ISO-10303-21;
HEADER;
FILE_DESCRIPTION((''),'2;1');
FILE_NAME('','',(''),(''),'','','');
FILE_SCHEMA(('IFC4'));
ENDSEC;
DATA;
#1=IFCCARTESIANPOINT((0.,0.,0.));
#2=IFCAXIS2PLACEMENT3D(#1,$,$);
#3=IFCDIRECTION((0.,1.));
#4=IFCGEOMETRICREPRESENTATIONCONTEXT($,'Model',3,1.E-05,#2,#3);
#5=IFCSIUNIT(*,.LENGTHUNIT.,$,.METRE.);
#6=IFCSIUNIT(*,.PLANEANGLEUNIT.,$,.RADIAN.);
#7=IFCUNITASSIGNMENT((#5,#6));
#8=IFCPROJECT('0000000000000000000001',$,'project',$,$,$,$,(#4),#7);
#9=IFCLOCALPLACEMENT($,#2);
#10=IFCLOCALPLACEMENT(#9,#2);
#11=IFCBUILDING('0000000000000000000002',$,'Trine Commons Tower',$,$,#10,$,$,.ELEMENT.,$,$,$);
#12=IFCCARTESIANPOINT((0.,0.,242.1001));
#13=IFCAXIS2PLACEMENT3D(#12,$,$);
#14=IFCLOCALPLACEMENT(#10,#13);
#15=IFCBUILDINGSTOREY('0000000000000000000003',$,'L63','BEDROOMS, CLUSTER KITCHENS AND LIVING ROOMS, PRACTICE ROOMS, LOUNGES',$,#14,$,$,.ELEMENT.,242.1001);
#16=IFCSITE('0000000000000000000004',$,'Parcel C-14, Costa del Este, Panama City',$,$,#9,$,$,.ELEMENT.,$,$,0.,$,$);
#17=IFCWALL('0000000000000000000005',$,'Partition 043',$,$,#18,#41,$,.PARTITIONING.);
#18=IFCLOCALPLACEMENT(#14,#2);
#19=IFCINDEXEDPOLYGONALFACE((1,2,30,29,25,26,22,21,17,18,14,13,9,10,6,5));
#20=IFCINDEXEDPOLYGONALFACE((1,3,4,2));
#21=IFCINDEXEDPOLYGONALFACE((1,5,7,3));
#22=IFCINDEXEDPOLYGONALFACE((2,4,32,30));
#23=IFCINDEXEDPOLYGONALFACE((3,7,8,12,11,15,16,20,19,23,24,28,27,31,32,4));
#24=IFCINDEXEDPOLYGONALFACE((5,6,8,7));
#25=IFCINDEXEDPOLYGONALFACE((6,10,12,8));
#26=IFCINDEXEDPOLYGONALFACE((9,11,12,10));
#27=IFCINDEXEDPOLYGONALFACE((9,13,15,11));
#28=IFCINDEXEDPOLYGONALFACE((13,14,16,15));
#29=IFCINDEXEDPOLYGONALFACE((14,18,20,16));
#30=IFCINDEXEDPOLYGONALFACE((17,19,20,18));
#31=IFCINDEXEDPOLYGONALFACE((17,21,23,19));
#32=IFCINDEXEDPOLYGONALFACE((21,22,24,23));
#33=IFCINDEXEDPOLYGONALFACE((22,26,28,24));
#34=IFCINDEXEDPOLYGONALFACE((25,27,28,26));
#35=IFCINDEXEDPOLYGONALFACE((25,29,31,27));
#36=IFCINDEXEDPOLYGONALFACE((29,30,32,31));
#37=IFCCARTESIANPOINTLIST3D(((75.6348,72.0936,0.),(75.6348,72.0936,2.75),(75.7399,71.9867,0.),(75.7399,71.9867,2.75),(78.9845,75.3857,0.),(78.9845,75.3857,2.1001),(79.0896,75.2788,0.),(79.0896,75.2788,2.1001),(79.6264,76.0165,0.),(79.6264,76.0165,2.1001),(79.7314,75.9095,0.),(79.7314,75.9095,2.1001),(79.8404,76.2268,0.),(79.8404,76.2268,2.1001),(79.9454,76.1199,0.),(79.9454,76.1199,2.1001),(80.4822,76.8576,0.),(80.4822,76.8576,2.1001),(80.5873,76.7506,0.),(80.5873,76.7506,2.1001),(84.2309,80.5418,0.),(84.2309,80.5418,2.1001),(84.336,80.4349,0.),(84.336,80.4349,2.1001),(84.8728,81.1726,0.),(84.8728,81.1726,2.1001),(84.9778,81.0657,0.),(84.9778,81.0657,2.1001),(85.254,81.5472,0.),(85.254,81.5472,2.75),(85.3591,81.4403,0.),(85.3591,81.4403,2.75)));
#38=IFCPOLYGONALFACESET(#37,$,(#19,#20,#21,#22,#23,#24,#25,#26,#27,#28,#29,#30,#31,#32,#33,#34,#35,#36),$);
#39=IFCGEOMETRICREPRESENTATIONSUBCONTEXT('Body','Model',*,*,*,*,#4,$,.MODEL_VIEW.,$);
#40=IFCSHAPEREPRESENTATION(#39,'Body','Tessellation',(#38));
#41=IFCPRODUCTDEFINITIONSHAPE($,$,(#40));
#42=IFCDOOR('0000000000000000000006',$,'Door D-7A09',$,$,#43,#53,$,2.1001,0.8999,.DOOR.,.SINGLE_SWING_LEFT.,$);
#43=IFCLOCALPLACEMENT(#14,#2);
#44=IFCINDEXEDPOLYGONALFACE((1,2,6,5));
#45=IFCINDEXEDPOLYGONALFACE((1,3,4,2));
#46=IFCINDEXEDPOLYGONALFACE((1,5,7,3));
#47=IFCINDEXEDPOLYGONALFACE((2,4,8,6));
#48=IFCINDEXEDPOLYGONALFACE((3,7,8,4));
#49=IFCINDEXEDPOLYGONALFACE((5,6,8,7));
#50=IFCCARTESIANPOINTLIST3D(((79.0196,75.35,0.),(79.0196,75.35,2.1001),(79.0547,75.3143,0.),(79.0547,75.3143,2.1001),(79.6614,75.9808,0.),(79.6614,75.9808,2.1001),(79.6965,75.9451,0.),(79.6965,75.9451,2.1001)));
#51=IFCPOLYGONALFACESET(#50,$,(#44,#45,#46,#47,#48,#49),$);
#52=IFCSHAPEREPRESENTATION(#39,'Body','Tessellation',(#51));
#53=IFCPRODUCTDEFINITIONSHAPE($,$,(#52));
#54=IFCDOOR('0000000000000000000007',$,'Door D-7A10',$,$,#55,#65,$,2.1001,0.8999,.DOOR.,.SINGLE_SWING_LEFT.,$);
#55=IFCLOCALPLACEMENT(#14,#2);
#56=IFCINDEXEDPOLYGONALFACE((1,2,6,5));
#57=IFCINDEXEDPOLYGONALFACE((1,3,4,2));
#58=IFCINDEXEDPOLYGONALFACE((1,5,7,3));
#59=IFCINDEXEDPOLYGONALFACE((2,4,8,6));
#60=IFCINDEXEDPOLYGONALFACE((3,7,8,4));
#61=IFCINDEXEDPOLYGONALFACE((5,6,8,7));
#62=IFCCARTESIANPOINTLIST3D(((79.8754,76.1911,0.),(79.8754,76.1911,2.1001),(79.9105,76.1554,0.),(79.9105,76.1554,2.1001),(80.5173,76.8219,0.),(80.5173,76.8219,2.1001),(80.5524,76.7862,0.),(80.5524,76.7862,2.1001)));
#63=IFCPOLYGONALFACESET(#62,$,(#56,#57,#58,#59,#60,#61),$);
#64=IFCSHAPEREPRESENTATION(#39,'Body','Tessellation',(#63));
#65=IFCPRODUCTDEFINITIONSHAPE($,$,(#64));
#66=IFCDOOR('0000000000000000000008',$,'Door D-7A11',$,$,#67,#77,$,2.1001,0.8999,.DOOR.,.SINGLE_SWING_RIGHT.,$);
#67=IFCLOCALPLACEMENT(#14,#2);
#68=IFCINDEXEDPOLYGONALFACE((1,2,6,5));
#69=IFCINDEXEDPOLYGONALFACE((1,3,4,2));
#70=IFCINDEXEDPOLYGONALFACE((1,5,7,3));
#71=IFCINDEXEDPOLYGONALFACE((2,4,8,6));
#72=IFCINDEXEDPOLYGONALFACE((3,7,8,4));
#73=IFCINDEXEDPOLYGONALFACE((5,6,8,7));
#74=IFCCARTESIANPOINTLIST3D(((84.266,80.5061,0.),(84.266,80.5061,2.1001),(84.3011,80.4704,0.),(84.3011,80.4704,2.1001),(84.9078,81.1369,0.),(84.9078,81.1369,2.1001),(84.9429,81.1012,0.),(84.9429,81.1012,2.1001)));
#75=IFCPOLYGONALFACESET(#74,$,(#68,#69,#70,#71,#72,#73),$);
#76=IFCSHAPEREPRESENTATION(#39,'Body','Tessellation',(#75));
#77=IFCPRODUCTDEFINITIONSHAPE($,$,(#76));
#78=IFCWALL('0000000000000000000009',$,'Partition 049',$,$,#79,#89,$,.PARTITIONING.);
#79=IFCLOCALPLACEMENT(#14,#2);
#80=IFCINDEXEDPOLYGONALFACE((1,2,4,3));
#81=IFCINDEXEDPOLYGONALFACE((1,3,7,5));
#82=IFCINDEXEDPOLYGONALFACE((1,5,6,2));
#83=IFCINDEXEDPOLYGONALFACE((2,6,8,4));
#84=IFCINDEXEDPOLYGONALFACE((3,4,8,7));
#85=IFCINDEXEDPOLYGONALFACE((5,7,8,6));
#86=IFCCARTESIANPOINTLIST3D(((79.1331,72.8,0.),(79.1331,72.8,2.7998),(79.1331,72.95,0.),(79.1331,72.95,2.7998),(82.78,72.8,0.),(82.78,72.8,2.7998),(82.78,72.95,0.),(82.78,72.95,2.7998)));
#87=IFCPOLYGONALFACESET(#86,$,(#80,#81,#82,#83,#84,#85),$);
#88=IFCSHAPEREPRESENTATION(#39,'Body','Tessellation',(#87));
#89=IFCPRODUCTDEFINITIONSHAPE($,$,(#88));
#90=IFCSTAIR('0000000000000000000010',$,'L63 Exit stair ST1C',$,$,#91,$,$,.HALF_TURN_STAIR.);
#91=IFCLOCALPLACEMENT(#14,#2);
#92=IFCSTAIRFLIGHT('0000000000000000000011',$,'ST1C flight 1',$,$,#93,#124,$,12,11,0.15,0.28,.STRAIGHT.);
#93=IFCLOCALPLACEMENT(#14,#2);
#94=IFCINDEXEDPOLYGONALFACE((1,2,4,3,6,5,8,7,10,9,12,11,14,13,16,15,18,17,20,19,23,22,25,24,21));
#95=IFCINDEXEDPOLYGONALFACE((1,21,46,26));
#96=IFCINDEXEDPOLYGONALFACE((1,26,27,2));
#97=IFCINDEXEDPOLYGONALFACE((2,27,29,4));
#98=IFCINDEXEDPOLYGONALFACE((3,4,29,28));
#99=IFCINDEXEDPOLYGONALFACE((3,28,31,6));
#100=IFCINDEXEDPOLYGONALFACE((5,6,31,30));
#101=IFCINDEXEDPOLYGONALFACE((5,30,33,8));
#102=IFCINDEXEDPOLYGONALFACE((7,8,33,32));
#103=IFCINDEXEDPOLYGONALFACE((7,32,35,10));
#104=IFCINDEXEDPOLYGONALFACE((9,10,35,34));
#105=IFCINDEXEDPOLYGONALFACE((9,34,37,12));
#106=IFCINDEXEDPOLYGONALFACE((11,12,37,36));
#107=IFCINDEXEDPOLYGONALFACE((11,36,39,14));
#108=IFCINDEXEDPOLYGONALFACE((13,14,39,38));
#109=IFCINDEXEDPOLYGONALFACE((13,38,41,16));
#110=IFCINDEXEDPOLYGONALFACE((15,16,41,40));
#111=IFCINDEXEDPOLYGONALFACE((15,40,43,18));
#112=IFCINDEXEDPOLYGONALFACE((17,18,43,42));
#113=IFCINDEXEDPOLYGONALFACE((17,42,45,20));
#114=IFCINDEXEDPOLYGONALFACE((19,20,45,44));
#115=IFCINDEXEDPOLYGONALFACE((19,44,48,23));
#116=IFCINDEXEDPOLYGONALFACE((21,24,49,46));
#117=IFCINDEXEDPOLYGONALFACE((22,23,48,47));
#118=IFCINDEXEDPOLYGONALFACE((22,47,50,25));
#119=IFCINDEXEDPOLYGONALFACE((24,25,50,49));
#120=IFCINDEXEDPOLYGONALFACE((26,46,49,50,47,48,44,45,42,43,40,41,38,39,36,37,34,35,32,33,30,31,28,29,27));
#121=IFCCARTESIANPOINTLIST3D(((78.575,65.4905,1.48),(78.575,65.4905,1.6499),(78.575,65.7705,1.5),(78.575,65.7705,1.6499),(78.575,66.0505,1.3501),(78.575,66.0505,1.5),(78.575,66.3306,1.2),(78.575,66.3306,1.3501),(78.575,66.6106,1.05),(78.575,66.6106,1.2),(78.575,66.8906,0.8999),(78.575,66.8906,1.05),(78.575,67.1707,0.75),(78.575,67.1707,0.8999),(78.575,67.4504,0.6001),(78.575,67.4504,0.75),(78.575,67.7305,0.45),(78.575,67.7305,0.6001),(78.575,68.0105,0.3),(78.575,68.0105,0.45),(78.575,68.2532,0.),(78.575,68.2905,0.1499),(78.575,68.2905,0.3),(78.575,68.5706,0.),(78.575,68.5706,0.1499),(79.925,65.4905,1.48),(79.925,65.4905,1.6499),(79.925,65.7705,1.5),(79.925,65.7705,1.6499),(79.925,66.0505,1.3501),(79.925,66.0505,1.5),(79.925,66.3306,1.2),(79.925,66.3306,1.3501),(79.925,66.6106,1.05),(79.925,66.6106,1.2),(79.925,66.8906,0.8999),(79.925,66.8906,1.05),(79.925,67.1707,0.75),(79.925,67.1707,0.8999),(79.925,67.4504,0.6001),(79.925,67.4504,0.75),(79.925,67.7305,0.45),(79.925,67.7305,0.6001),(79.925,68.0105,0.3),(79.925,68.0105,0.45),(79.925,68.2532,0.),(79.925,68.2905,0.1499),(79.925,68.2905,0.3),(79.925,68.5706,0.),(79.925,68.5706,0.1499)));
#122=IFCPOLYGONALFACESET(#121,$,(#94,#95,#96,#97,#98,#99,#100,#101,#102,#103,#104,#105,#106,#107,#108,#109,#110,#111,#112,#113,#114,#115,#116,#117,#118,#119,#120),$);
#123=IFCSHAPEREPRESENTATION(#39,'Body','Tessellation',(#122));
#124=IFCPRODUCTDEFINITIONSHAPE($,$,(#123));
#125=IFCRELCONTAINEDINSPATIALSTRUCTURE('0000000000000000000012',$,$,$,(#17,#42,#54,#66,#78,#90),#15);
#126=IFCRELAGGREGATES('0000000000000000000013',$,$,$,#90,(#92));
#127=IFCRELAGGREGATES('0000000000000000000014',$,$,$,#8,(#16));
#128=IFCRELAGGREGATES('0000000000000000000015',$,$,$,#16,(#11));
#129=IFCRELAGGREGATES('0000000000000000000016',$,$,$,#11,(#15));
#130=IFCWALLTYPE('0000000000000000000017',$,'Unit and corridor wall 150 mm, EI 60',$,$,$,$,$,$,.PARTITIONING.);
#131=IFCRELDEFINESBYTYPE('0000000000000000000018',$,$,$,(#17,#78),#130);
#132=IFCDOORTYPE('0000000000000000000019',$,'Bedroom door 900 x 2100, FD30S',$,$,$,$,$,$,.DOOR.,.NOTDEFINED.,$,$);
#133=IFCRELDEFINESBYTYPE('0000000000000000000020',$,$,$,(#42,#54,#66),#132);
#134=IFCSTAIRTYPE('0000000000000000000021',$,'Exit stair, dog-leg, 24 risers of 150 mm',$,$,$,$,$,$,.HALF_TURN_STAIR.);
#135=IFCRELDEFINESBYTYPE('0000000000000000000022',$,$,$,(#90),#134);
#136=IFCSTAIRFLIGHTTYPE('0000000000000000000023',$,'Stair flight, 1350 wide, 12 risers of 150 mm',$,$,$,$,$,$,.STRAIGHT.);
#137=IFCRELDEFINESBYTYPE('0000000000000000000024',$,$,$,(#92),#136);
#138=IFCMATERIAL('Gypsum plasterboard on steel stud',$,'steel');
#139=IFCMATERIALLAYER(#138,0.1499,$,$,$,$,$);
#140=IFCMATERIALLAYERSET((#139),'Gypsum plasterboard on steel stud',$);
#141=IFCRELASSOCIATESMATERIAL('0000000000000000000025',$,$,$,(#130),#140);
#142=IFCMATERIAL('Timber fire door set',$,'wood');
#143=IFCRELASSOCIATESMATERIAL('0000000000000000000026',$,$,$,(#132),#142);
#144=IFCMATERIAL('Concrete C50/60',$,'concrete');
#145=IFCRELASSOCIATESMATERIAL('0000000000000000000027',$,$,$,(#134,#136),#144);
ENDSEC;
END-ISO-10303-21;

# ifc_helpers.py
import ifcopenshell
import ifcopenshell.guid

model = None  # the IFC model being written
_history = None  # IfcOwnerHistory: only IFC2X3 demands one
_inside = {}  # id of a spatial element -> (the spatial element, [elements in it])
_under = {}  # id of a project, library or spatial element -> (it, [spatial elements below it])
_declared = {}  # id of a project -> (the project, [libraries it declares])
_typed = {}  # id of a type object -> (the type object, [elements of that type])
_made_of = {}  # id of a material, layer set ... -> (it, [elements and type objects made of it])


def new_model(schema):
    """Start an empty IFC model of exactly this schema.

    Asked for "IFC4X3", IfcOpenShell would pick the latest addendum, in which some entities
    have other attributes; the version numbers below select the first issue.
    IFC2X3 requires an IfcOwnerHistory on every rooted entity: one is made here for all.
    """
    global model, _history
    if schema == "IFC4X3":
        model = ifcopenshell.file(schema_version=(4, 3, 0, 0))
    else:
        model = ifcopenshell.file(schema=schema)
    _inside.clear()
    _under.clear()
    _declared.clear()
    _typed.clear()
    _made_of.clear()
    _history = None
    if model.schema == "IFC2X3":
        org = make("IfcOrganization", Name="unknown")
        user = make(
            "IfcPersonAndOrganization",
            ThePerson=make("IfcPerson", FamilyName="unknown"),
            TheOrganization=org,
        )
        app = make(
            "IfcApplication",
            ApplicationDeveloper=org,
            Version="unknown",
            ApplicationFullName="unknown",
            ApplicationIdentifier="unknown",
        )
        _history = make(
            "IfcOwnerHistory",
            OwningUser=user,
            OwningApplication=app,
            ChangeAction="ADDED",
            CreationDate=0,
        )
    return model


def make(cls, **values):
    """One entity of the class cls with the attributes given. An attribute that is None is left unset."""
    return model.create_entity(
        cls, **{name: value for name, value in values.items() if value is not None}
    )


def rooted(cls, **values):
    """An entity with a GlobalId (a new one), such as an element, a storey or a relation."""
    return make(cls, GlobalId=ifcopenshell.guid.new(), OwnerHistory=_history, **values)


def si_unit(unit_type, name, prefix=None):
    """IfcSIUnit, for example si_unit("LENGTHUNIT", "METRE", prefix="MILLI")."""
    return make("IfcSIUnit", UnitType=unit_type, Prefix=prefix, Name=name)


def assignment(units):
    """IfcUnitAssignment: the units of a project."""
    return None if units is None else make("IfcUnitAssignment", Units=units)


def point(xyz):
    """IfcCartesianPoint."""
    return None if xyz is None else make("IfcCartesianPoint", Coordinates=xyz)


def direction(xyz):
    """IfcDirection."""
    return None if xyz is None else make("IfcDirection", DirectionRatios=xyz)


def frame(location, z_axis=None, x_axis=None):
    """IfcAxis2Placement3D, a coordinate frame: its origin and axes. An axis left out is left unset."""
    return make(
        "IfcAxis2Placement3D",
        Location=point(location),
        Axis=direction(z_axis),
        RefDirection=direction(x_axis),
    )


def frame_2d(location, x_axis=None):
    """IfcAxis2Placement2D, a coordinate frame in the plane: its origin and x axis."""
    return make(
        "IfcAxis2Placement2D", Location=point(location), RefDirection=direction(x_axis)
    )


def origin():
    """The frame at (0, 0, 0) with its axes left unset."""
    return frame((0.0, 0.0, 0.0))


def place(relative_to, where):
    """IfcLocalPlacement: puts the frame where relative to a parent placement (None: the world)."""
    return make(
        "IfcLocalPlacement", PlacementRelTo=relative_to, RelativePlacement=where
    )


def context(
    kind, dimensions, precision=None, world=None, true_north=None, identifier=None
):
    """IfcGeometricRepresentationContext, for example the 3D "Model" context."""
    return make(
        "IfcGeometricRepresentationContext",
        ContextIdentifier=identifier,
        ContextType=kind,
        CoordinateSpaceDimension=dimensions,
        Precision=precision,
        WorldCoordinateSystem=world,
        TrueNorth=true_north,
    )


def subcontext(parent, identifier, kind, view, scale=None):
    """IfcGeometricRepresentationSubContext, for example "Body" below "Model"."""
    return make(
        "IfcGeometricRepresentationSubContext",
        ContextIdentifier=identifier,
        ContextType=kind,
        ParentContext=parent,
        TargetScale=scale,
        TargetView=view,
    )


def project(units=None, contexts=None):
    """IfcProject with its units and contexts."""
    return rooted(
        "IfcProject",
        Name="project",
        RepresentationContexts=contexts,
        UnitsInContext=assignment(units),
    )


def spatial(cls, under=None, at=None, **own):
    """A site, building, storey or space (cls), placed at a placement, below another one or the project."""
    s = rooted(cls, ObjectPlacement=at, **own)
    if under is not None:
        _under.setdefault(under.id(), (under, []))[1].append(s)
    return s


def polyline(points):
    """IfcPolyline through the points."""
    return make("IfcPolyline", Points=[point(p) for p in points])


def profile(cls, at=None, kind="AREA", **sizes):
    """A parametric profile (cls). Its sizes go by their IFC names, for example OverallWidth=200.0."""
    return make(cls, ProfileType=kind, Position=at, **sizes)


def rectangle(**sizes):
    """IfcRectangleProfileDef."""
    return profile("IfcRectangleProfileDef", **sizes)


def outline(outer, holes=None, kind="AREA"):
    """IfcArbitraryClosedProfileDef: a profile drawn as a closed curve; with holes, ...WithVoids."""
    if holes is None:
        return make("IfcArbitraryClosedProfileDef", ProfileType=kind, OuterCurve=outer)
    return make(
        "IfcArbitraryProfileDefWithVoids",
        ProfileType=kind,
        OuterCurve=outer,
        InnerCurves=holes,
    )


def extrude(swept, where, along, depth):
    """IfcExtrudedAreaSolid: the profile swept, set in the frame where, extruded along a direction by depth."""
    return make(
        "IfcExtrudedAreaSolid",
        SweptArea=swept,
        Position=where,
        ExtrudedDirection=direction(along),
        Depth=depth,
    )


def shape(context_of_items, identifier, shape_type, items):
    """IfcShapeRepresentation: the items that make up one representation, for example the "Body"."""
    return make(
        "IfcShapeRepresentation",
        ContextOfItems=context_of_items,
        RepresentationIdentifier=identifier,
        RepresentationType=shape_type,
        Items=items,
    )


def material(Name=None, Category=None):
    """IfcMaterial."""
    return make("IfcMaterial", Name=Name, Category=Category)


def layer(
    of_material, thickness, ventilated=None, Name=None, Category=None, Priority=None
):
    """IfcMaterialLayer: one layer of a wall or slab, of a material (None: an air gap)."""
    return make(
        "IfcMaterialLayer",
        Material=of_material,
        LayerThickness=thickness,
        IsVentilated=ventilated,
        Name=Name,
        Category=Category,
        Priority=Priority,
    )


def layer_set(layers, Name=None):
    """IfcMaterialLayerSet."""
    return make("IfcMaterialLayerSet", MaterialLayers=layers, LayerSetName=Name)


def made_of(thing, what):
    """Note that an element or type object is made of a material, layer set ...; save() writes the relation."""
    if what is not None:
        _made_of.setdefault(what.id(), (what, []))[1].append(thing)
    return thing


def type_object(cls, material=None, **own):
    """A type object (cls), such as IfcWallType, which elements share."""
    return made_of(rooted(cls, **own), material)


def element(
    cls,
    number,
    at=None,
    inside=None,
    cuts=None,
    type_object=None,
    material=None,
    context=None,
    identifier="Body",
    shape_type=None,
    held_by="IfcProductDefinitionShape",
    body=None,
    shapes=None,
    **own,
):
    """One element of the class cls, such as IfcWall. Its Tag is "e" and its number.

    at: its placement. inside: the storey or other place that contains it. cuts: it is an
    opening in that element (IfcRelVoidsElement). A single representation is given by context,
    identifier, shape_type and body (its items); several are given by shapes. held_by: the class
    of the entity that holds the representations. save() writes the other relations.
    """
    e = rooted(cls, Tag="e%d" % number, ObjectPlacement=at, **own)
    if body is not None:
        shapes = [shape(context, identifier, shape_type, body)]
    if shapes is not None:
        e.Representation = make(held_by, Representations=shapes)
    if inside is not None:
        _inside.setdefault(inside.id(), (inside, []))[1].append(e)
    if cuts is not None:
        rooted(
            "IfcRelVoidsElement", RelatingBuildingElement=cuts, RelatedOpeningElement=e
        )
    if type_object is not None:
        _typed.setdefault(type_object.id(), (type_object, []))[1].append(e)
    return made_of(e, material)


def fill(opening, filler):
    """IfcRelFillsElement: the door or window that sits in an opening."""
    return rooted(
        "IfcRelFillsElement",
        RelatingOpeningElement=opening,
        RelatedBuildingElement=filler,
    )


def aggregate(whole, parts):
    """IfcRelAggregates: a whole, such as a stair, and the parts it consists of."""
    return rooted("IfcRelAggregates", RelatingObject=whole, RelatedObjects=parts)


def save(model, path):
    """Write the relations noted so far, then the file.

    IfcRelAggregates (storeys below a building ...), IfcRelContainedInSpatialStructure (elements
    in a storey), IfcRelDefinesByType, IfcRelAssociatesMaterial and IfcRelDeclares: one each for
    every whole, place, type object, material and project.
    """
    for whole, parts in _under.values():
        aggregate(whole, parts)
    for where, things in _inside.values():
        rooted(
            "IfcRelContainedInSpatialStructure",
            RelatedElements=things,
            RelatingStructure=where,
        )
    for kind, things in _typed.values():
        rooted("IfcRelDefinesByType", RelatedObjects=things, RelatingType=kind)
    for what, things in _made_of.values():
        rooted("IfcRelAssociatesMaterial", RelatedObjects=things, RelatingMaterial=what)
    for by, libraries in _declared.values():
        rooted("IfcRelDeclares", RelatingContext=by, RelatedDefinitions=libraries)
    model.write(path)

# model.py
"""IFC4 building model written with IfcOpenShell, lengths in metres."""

from ifc_helpers import new_model, si_unit, direction, frame, frame_2d, origin, place, context, subcontext, project, spatial, polyline, rectangle, outline, extrude, material, layer, layer_set, type_object, element, fill, aggregate, save


model = new_model("IFC4")

# Units and contexts
model_context = context("Model", 3, precision=1e-05, world=origin(), true_north=direction((0.0, 1.0)))
body_context = subcontext(model_context, "Body", "Model", "MODEL_VIEW")
ifc_project = project(units=[si_unit("LENGTHUNIT", "METRE"), si_unit("PLANEANGLEUNIT", "RADIAN")], contexts=[model_context])

# Site, building, storey
site_placement = place(None, origin())
site = spatial("IfcSite", under=ifc_project, at=site_placement, Name="Parcel C-14, Costa del Este, Panama City", CompositionType="ELEMENT", RefElevation=0.0)
building_placement = place(site_placement, origin())
building = spatial("IfcBuilding", under=site, at=building_placement, Name="Trine Commons Tower", CompositionType="ELEMENT")
storey_placement = place(building_placement, frame((0.0, 0.0, 242.1001)))
storey = spatial("IfcBuildingStorey", under=building, at=storey_placement, Name="L63", Description="BEDROOMS, CLUSTER KITCHENS AND LIVING ROOMS, PRACTICE ROOMS, LOUNGES", CompositionType="ELEMENT", Elevation=242.1001)

# Shared definitions
ifc_material_1 = material(Name="Concrete C50/60", Category="concrete")

# Shared definitions
ifc_material_2 = material(Name="Gypsum plasterboard on steel stud", Category="steel")
ifc_layer_1 = layer(ifc_material_2, 0.1499)
ifc_layer_set_1 = layer_set([ifc_layer_1], Name="Gypsum plasterboard on steel stud")
wall_type_1 = type_object("IfcWallType", Name="Unit and corridor wall 150 mm, EI 60", PredefinedType="PARTITIONING", material=ifc_layer_set_1)
ifc_material_3 = material(Name="Timber fire door set", Category="wood")
door_type_1 = type_object("IfcDoorType", Name="Bedroom door 900 x 2100, FD30S", OperationType="NOTDEFINED", PredefinedType="DOOR", material=ifc_material_3)

# Wall, openings, doors
wall_1_placement = place(storey_placement, frame((75.6873, 72.04, 0.0), z_axis=(0.0, 0.0, 1.0), x_axis=(0.713217, 0.700944, 0.0)))
wall_1 = element("IfcWall", 1, at=wall_1_placement, inside=storey, type_object=wall_type_1, Name="Partition 043", PredefinedType="PARTITIONING", context=body_context, shape_type="SweptSolid", body=[
    extrude(rectangle(XDim=13.4871, YDim=0.1499, at=frame_2d((6.7437, 0.0))), origin(), (0.0, 0.0, 1.0), 2.75),
])
opening_1_placement = place(wall_1_placement, frame((4.6968, 0.0, 0.0)))
opening_1 = element("IfcOpeningElement", 2, at=opening_1_placement, cuts=wall_1, PredefinedType="OPENING", context=body_context, shape_type="SweptSolid", body=[
    extrude(rectangle(XDim=0.8999, YDim=2.1001, at=frame_2d((0.45, 1.05))), frame((0.0, 0.085, 0.0), z_axis=(0.0, -1.0, 0.0), x_axis=(1.0, 0.0, 0.0)), (0.0, 0.0, 1.0), 0.1699),
])
opening_2_placement = place(wall_1_placement, frame((5.8967, 0.0, 0.0)))
opening_2 = element("IfcOpeningElement", 3, at=opening_2_placement, cuts=wall_1, PredefinedType="OPENING", context=body_context, shape_type="SweptSolid", body=[
    extrude(rectangle(XDim=0.8999, YDim=2.1001, at=frame_2d((0.45, 1.05))), frame((0.0, 0.085, 0.0), z_axis=(0.0, -1.0, 0.0), x_axis=(1.0, 0.0, 0.0)), (0.0, 0.0, 1.0), 0.1699),
])
opening_3_placement = place(wall_1_placement, frame((12.0527, 0.0, 0.0)))
opening_3 = element("IfcOpeningElement", 4, at=opening_3_placement, cuts=wall_1, PredefinedType="OPENING", context=body_context, shape_type="SweptSolid", body=[
    extrude(rectangle(XDim=0.8999, YDim=2.1001, at=frame_2d((0.45, 1.05))), frame((0.0, 0.085, 0.0), z_axis=(0.0, -1.0, 0.0), x_axis=(1.0, 0.0, 0.0)), (0.0, 0.0, 1.0), 0.1699),
])
door_1_placement = place(opening_1_placement, origin())
door_1 = element("IfcDoor", 5, at=door_1_placement, inside=storey, type_object=door_type_1, Name="Door D-7A09", OperationType="SINGLE_SWING_LEFT", OverallHeight=2.1001, OverallWidth=0.8999, PredefinedType="DOOR", context=body_context, shape_type="SweptSolid", body=[
    extrude(rectangle(XDim=0.8999, YDim=2.1001, at=frame_2d((0.45, 1.05))), frame((0.0, 0.0249, 0.0), z_axis=(0.0, -1.0, 0.0), x_axis=(1.0, 0.0, 0.0)), (0.0, 0.0, 1.0), 0.05),
])
fill(opening_1, door_1)
door_2_placement = place(opening_2_placement, origin())
door_2 = element("IfcDoor", 6, at=door_2_placement, inside=storey, type_object=door_type_1, Name="Door D-7A10", OperationType="SINGLE_SWING_LEFT", OverallHeight=2.1001, OverallWidth=0.8999, PredefinedType="DOOR", context=body_context, shape_type="SweptSolid", body=[
    extrude(rectangle(XDim=0.8999, YDim=2.1001, at=frame_2d((0.45, 1.05))), frame((0.0, 0.0249, 0.0), z_axis=(0.0, -1.0, 0.0), x_axis=(1.0, 0.0, 0.0)), (0.0, 0.0, 1.0), 0.05),
])
fill(opening_2, door_2)
door_3_placement = place(opening_3_placement, origin())
door_3 = element("IfcDoor", 7, at=door_3_placement, inside=storey, type_object=door_type_1, Name="Door D-7A11", OperationType="SINGLE_SWING_RIGHT", OverallHeight=2.1001, OverallWidth=0.8999, PredefinedType="DOOR", context=body_context, shape_type="SweptSolid", body=[
    extrude(rectangle(XDim=0.8999, YDim=2.1001, at=frame_2d((0.45, 1.05))), frame((0.0, 0.0249, 0.0), z_axis=(0.0, -1.0, 0.0), x_axis=(1.0, 0.0, 0.0)), (0.0, 0.0, 1.0), 0.05),
])
fill(opening_3, door_3)

# Wall
wall_2_placement = place(storey_placement, frame((79.1331, 72.875, 0.0), z_axis=(0.0, 0.0, 1.0), x_axis=(1.0, 0.0, 0.0)))
element("IfcWall", 8, at=wall_2_placement, inside=storey, type_object=wall_type_1, Name="Partition 049", PredefinedType="PARTITIONING", context=body_context, shape_type="SweptSolid", body=[
    extrude(rectangle(XDim=3.647, YDim=0.1499, at=frame_2d((1.8235, 0.0))), origin(), (0.0, 0.0, 1.0), 2.7998),
])

# Stair, stair flight
stair_type = type_object("IfcStairType", Name="Exit stair, dog-leg, 24 risers of 150 mm", PredefinedType="HALF_TURN_STAIR", material=ifc_material_1)
stair_placement = place(storey_placement, origin())
stair = element("IfcStair", 9, at=stair_placement, inside=storey, type_object=stair_type, Name="L63 Exit stair ST1C", PredefinedType="HALF_TURN_STAIR")
stair_flight_type = type_object("IfcStairFlightType", Name="Stair flight, 1350 wide, 12 risers of 150 mm", PredefinedType="STRAIGHT", material=ifc_material_1)
stair_flight_placement = place(storey_placement, frame((79.25, 68.5706, 0.0), z_axis=(0.0, 0.0, 1.0), x_axis=(0.0, -1.0, 0.0)))
stair_flight = element("IfcStairFlight", 10, at=stair_flight_placement, type_object=stair_flight_type, Name="ST1C flight 1", NumberOfRisers=12, NumberOfTreads=11, PredefinedType="STRAIGHT", RiserHeight=0.15, TreadLength=0.28, context=body_context, shape_type="SweptSolid", body=[
    extrude(outline(polyline([(0.0, 0.0), (0.0, 0.1499), (0.28, 0.1499), (0.28, 0.3), (0.5601, 0.3), (0.5601, 0.45), (0.8401, 0.45), (0.8401, 0.6001), (1.1201, 0.6001), (1.1201, 0.75), (1.3999, 0.75), (1.3999, 0.8999), (1.6799, 0.8999), (1.6799, 1.05), (1.96, 1.05), (1.96, 1.2), (2.24, 1.2), (2.24, 1.3501), (2.52, 1.3501), (2.52, 1.5), (2.8, 1.5), (2.8, 1.6499), (3.0801, 1.6499), (3.0801, 1.8), (3.0801, 1.48), (0.3174, 0.0), (0.0, 0.0)])), frame((0.0, 0.675, 0.0), z_axis=(0.0, -1.0, 0.0), x_axis=(1.0, 0.0, 0.0)), (0.0, 0.0, 1.0), 1.3501),
])
aggregate(stair, [stair_flight])

save(model, "model.ifc")
